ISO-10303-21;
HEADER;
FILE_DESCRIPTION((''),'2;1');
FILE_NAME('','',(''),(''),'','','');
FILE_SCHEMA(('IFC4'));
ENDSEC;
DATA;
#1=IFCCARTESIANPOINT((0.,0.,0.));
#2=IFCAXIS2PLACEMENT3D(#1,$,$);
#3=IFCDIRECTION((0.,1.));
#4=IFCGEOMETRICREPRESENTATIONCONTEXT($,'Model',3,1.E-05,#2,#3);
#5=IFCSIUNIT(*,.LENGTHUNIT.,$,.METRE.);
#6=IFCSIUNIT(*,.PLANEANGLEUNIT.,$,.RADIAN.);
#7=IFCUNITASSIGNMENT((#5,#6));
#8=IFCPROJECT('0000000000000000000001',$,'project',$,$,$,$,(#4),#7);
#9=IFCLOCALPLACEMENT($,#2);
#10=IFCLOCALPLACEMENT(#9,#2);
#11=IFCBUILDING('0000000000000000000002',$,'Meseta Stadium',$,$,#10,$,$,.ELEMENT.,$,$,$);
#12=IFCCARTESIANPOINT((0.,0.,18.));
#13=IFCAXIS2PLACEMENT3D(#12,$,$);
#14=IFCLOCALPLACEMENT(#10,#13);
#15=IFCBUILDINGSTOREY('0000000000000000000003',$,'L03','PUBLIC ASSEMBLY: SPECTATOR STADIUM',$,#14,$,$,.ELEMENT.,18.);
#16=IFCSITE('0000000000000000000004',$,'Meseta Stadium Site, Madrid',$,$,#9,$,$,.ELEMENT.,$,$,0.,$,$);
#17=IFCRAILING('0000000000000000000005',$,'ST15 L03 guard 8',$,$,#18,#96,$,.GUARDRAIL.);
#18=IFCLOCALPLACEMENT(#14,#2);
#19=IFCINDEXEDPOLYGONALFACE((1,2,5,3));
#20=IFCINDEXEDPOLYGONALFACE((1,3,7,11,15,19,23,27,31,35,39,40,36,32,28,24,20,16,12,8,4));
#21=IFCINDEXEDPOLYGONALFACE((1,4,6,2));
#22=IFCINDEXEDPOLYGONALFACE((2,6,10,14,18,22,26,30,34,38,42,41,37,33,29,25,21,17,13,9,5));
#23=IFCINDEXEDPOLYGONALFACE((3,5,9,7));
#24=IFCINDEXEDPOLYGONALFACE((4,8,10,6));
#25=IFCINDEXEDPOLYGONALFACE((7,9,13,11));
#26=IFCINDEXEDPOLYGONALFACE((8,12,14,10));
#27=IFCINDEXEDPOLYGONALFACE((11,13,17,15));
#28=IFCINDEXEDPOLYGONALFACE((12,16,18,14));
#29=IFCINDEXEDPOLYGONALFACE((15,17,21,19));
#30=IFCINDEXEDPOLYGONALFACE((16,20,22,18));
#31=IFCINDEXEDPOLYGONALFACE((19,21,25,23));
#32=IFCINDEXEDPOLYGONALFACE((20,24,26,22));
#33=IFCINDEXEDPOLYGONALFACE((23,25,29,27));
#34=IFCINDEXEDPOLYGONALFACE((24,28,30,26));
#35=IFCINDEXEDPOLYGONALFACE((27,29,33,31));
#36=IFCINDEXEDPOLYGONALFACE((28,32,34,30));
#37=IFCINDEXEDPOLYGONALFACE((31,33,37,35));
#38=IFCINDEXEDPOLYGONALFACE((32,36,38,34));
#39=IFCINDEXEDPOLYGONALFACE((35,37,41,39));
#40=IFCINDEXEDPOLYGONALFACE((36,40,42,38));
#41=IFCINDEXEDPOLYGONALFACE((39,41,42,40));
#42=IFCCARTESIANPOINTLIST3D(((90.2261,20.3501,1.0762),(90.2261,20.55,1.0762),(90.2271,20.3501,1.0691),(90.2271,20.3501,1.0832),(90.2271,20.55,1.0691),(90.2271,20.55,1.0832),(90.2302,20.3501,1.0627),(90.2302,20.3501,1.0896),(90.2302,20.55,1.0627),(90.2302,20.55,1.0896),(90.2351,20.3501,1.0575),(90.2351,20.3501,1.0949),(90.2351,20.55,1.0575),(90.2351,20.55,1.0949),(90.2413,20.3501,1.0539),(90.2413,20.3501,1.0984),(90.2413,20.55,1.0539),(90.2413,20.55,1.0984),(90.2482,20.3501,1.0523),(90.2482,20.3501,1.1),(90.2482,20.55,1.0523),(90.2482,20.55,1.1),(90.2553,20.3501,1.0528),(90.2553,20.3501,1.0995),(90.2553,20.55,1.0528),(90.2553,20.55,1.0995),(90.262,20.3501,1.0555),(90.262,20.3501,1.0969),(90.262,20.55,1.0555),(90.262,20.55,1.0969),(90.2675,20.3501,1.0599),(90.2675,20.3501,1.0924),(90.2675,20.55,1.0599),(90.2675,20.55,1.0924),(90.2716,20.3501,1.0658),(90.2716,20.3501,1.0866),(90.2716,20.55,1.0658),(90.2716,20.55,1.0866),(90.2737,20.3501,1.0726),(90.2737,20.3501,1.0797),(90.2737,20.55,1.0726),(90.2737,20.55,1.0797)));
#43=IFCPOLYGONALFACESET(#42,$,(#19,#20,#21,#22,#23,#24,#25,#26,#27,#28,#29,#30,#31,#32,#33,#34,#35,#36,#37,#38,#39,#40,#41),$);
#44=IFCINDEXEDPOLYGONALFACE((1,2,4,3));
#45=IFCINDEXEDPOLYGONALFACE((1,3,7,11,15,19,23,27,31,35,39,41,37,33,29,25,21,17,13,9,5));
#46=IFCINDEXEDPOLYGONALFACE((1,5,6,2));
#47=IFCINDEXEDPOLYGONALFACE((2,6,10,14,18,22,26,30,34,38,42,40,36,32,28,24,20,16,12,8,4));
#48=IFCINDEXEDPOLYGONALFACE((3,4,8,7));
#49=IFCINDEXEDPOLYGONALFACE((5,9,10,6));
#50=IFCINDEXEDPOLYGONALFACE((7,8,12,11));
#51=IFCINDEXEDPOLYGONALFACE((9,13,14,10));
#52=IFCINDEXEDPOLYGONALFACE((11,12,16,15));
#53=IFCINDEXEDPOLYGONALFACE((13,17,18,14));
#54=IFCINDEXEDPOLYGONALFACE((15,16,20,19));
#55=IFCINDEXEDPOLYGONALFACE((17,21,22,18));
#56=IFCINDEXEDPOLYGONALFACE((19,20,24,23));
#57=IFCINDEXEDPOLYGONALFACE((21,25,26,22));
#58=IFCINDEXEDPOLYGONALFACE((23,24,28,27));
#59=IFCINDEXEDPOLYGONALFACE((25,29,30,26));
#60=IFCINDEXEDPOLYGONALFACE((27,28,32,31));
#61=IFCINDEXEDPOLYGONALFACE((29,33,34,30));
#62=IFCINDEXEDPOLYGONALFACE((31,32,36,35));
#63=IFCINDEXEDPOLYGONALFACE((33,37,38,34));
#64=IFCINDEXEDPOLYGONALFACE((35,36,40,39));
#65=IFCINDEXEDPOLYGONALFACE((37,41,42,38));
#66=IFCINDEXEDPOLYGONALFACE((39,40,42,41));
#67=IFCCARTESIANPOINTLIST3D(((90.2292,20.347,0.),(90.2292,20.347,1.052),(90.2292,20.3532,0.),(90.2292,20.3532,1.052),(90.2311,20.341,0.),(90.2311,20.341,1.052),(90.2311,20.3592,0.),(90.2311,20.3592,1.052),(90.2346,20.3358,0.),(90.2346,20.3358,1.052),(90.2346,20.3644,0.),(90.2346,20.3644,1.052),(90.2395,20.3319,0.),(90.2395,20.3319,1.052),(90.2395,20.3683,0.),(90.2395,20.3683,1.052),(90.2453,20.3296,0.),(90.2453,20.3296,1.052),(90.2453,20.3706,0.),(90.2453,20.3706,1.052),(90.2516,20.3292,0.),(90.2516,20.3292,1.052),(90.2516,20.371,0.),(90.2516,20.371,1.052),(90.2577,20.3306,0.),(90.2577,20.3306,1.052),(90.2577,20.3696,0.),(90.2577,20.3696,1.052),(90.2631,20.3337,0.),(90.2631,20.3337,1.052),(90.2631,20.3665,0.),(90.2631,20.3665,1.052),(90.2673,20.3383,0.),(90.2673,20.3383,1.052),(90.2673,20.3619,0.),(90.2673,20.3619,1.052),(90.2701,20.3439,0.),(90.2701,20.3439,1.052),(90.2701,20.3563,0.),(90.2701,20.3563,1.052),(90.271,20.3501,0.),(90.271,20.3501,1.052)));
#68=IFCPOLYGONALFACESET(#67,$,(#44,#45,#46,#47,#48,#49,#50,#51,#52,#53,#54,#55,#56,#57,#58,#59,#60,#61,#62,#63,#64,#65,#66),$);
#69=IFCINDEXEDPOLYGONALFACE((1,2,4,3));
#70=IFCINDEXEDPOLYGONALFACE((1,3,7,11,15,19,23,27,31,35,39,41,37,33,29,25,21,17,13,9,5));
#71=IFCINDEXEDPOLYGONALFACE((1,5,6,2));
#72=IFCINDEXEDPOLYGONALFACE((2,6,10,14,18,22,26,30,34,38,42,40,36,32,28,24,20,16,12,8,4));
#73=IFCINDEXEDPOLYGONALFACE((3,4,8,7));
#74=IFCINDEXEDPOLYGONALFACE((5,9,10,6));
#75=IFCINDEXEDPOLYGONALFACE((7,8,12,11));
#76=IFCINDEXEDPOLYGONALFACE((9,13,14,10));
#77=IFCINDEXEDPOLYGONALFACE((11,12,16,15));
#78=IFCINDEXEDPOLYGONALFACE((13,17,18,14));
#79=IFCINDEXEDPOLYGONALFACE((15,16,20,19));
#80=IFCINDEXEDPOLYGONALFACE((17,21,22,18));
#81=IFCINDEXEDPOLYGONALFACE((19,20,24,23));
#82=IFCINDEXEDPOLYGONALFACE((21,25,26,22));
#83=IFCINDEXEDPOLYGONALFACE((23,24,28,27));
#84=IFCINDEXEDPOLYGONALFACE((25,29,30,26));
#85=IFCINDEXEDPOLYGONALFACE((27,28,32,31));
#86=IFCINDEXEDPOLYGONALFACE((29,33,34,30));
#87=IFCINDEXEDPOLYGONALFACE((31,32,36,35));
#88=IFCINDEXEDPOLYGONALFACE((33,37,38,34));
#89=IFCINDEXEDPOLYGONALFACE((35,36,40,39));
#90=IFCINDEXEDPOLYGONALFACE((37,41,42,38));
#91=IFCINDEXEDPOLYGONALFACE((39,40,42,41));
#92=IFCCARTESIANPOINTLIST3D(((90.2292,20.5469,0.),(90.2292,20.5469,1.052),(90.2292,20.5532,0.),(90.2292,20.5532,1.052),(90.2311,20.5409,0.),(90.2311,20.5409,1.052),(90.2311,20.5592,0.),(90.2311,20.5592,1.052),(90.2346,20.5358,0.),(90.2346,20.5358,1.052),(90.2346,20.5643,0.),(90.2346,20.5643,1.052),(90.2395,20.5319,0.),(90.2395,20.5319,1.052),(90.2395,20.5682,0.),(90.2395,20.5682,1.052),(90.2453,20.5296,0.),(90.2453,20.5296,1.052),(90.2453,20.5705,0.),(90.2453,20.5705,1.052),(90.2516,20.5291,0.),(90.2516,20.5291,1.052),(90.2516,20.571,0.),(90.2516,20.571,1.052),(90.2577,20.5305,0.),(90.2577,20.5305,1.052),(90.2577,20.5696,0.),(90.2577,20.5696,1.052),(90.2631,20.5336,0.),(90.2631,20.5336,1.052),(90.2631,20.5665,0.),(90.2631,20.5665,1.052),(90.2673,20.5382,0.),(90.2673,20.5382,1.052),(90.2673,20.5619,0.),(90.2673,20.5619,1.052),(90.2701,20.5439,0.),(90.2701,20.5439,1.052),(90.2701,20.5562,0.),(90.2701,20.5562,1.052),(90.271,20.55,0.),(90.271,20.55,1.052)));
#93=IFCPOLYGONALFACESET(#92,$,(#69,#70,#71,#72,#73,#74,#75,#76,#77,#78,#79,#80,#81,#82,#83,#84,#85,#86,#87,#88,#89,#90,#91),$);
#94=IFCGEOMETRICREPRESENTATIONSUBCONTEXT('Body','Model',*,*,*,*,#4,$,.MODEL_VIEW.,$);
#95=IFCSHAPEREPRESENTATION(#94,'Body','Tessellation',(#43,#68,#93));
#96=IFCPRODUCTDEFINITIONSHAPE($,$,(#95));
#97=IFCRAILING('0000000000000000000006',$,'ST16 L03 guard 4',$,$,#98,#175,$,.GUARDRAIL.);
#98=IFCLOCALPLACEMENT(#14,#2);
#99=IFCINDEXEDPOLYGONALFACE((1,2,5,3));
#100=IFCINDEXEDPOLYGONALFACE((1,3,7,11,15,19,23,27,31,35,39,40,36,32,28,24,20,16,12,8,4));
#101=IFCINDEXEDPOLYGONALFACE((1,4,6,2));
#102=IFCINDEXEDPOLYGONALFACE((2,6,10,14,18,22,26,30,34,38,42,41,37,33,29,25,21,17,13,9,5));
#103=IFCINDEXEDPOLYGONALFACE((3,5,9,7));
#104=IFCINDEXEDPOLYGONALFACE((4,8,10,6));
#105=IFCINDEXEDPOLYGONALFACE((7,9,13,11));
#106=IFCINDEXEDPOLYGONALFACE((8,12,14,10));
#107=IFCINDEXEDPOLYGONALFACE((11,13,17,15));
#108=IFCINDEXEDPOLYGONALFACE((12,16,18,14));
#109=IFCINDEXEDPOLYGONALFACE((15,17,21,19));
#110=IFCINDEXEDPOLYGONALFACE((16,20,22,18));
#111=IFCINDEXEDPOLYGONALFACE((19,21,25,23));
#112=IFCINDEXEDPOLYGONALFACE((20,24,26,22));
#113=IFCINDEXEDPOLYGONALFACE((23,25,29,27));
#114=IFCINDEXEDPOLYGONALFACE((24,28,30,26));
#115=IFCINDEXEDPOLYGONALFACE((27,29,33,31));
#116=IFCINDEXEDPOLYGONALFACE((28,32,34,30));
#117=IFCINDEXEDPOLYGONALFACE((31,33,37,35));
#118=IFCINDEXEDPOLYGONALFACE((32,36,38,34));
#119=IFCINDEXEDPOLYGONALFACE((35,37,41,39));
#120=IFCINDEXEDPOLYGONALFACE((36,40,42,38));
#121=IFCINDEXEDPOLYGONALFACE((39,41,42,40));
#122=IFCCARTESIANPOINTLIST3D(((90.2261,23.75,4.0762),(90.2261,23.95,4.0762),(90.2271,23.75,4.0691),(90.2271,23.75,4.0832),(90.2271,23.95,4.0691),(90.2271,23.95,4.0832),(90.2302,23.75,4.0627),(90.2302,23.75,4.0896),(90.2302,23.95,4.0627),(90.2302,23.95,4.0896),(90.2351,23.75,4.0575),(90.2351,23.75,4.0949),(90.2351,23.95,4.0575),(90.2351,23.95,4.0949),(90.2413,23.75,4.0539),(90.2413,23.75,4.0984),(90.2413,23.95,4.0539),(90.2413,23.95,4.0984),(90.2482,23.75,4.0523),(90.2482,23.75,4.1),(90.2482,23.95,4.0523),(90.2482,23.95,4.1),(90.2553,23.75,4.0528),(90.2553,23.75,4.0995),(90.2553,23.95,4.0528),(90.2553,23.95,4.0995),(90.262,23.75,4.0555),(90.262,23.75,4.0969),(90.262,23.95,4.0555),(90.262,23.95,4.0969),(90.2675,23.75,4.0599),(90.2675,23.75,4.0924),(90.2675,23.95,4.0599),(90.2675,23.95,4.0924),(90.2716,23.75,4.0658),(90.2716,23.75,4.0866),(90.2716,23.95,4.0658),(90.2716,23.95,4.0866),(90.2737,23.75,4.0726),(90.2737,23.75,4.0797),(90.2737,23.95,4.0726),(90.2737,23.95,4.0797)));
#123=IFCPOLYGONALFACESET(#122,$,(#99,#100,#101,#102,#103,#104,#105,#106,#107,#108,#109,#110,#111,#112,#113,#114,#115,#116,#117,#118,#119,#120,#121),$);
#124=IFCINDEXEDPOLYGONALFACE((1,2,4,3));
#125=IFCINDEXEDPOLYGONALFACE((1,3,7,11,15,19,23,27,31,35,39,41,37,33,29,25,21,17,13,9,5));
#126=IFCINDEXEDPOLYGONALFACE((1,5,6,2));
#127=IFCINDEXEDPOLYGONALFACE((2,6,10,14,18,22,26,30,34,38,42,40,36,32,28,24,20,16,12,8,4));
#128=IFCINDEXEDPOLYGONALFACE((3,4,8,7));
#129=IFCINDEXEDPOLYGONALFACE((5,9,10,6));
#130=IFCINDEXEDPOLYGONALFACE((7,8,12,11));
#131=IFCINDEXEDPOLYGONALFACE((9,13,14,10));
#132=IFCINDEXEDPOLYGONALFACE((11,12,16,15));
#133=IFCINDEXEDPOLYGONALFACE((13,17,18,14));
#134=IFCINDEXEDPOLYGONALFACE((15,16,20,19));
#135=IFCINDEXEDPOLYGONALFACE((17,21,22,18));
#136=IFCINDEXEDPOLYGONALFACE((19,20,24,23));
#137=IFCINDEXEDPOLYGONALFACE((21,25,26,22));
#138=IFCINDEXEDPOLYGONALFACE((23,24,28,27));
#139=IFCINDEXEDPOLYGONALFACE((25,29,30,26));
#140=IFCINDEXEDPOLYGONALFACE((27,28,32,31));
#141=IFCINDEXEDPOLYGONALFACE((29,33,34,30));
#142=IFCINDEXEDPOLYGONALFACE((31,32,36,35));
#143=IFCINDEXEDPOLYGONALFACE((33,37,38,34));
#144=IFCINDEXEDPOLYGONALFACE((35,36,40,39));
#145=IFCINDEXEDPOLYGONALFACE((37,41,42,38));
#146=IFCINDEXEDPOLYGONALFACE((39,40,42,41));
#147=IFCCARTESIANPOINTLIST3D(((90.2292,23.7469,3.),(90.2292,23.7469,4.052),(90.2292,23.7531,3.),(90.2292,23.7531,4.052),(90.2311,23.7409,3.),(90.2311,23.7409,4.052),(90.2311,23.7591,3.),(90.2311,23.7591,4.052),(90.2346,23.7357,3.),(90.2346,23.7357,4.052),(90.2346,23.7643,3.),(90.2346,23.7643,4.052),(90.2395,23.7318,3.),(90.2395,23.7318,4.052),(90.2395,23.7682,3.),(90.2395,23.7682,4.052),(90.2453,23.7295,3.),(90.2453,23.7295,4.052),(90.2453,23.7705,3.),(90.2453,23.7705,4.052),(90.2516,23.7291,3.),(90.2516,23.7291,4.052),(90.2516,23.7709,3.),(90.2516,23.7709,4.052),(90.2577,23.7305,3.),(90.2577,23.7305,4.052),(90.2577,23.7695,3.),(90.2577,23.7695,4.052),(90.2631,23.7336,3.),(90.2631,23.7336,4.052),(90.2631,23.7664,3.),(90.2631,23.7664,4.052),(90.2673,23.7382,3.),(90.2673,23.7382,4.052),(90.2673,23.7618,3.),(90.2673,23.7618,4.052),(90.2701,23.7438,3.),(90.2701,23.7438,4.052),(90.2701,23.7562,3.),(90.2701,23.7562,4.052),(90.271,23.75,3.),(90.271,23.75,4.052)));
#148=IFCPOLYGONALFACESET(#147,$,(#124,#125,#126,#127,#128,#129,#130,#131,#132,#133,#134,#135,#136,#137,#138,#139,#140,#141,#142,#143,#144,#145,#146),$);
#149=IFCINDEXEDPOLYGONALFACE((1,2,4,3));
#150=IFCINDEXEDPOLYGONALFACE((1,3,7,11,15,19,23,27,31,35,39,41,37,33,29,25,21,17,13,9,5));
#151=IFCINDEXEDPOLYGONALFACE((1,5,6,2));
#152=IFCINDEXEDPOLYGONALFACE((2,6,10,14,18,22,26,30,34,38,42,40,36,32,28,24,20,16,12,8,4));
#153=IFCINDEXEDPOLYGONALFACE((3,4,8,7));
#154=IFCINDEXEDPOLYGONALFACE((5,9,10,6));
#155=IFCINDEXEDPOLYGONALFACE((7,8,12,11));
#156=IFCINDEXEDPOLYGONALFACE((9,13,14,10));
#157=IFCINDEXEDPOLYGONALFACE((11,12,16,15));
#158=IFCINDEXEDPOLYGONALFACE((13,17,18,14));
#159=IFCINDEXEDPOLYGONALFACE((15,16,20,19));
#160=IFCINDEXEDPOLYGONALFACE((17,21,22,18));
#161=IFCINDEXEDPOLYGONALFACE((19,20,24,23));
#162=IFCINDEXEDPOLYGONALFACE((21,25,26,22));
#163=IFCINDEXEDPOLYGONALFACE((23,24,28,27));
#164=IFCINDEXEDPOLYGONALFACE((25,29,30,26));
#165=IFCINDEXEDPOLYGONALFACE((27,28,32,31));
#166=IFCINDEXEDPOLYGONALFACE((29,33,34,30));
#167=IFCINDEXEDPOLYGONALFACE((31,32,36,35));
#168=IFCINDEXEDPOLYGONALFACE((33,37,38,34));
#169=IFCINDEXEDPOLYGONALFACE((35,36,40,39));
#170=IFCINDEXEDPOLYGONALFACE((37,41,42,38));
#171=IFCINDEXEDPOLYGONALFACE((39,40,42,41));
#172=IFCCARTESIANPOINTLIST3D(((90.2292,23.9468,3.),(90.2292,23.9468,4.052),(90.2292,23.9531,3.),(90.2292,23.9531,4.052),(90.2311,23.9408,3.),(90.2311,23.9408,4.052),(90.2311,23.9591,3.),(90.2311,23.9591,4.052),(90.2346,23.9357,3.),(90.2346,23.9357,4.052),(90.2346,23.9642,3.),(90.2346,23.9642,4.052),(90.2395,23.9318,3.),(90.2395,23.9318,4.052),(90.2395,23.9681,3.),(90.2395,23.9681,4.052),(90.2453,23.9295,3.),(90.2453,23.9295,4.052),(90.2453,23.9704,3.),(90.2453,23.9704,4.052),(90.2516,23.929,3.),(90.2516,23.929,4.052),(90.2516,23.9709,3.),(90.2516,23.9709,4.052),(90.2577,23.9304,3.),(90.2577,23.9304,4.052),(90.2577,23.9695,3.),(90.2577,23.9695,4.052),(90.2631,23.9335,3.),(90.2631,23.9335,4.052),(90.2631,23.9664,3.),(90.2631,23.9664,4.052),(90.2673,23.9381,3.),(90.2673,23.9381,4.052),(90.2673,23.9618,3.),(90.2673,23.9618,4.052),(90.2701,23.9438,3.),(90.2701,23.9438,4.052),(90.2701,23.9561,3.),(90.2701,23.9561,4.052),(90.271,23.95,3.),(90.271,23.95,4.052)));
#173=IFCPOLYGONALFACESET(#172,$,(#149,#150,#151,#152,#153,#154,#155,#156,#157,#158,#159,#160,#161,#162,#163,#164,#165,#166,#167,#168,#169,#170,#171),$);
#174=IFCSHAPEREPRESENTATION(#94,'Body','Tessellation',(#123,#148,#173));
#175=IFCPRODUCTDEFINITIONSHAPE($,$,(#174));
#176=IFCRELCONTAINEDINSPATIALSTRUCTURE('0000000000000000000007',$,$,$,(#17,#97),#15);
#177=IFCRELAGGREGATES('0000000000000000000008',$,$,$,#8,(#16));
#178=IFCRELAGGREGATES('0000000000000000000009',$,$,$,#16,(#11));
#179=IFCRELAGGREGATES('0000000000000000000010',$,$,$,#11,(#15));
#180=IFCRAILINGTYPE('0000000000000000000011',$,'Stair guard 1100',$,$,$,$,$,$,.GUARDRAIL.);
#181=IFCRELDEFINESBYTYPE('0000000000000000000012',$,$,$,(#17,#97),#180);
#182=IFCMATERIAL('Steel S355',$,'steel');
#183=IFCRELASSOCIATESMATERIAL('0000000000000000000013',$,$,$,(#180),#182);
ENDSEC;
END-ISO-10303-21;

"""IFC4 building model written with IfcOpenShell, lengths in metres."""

from ifc_helpers import new_model, si_unit, direction, frame, origin, origin_2d, place, context, subcontext, project, spatial, circle, extrude, material, type_object, element, save


model = new_model("IFC4")

# Units and contexts
model_context = context("Model", 3, precision=1e-05, world=origin(), true_north=direction((0.0, 1.0)))
body_context = subcontext(model_context, "Body", "Model", "MODEL_VIEW")
ifc_project = project(units=[si_unit("LENGTHUNIT", "METRE"), si_unit("PLANEANGLEUNIT", "RADIAN")], contexts=[model_context])

# Site, building, storey
site_placement = place(None, origin())
site = spatial("IfcSite", under=ifc_project, at=site_placement, Name="Meseta Stadium Site, Madrid", CompositionType="ELEMENT", RefElevation=0.0)
building_placement = place(site_placement, origin())
building = spatial("IfcBuilding", under=site, at=building_placement, Name="Meseta Stadium", CompositionType="ELEMENT")
storey_placement = place(building_placement, frame((0.0, 0.0, 18.0)))
storey = spatial("IfcBuildingStorey", under=building, at=storey_placement, Name="L03", Description="PUBLIC ASSEMBLY: SPECTATOR STADIUM", CompositionType="ELEMENT", Elevation=18.0)

# Railings
ifc_material_1 = material(Name="Steel S355", Category="steel")
railing_type_1 = type_object("IfcRailingType", Name="Stair guard 1100", PredefinedType="GUARDRAIL", material=ifc_material_1)
for number, where, name in (
    (1, (90.25, 20.3501, 0.0), "ST15 L03 guard 8"),
    (2, (90.25, 23.75, 3.0), "ST16 L03 guard 4"),
):
    element("IfcRailing", number, at=place(storey_placement, frame(where)), inside=storey, type_object=railing_type_1, Name=name, PredefinedType="GUARDRAIL", context=body_context, shape_type="SweptSolid", body=[
        extrude(circle(Radius=0.0239, at=origin_2d()), frame((0.0, 0.0, 1.0762), z_axis=(0.0, 1.0, 0.0), x_axis=(-1.0, 0.0, 0.0)), (0.0, 0.0, 1.0), 0.2),
        extrude(circle(Radius=0.021, at=origin_2d()), origin(), (0.0, 0.0, 1.0), 1.052),
        extrude(circle(Radius=0.021, at=origin_2d()), frame((0.0, 0.2, 0.0)), (0.0, 0.0, 1.0), 1.052),
    ])

save(model, "model.ifc")
